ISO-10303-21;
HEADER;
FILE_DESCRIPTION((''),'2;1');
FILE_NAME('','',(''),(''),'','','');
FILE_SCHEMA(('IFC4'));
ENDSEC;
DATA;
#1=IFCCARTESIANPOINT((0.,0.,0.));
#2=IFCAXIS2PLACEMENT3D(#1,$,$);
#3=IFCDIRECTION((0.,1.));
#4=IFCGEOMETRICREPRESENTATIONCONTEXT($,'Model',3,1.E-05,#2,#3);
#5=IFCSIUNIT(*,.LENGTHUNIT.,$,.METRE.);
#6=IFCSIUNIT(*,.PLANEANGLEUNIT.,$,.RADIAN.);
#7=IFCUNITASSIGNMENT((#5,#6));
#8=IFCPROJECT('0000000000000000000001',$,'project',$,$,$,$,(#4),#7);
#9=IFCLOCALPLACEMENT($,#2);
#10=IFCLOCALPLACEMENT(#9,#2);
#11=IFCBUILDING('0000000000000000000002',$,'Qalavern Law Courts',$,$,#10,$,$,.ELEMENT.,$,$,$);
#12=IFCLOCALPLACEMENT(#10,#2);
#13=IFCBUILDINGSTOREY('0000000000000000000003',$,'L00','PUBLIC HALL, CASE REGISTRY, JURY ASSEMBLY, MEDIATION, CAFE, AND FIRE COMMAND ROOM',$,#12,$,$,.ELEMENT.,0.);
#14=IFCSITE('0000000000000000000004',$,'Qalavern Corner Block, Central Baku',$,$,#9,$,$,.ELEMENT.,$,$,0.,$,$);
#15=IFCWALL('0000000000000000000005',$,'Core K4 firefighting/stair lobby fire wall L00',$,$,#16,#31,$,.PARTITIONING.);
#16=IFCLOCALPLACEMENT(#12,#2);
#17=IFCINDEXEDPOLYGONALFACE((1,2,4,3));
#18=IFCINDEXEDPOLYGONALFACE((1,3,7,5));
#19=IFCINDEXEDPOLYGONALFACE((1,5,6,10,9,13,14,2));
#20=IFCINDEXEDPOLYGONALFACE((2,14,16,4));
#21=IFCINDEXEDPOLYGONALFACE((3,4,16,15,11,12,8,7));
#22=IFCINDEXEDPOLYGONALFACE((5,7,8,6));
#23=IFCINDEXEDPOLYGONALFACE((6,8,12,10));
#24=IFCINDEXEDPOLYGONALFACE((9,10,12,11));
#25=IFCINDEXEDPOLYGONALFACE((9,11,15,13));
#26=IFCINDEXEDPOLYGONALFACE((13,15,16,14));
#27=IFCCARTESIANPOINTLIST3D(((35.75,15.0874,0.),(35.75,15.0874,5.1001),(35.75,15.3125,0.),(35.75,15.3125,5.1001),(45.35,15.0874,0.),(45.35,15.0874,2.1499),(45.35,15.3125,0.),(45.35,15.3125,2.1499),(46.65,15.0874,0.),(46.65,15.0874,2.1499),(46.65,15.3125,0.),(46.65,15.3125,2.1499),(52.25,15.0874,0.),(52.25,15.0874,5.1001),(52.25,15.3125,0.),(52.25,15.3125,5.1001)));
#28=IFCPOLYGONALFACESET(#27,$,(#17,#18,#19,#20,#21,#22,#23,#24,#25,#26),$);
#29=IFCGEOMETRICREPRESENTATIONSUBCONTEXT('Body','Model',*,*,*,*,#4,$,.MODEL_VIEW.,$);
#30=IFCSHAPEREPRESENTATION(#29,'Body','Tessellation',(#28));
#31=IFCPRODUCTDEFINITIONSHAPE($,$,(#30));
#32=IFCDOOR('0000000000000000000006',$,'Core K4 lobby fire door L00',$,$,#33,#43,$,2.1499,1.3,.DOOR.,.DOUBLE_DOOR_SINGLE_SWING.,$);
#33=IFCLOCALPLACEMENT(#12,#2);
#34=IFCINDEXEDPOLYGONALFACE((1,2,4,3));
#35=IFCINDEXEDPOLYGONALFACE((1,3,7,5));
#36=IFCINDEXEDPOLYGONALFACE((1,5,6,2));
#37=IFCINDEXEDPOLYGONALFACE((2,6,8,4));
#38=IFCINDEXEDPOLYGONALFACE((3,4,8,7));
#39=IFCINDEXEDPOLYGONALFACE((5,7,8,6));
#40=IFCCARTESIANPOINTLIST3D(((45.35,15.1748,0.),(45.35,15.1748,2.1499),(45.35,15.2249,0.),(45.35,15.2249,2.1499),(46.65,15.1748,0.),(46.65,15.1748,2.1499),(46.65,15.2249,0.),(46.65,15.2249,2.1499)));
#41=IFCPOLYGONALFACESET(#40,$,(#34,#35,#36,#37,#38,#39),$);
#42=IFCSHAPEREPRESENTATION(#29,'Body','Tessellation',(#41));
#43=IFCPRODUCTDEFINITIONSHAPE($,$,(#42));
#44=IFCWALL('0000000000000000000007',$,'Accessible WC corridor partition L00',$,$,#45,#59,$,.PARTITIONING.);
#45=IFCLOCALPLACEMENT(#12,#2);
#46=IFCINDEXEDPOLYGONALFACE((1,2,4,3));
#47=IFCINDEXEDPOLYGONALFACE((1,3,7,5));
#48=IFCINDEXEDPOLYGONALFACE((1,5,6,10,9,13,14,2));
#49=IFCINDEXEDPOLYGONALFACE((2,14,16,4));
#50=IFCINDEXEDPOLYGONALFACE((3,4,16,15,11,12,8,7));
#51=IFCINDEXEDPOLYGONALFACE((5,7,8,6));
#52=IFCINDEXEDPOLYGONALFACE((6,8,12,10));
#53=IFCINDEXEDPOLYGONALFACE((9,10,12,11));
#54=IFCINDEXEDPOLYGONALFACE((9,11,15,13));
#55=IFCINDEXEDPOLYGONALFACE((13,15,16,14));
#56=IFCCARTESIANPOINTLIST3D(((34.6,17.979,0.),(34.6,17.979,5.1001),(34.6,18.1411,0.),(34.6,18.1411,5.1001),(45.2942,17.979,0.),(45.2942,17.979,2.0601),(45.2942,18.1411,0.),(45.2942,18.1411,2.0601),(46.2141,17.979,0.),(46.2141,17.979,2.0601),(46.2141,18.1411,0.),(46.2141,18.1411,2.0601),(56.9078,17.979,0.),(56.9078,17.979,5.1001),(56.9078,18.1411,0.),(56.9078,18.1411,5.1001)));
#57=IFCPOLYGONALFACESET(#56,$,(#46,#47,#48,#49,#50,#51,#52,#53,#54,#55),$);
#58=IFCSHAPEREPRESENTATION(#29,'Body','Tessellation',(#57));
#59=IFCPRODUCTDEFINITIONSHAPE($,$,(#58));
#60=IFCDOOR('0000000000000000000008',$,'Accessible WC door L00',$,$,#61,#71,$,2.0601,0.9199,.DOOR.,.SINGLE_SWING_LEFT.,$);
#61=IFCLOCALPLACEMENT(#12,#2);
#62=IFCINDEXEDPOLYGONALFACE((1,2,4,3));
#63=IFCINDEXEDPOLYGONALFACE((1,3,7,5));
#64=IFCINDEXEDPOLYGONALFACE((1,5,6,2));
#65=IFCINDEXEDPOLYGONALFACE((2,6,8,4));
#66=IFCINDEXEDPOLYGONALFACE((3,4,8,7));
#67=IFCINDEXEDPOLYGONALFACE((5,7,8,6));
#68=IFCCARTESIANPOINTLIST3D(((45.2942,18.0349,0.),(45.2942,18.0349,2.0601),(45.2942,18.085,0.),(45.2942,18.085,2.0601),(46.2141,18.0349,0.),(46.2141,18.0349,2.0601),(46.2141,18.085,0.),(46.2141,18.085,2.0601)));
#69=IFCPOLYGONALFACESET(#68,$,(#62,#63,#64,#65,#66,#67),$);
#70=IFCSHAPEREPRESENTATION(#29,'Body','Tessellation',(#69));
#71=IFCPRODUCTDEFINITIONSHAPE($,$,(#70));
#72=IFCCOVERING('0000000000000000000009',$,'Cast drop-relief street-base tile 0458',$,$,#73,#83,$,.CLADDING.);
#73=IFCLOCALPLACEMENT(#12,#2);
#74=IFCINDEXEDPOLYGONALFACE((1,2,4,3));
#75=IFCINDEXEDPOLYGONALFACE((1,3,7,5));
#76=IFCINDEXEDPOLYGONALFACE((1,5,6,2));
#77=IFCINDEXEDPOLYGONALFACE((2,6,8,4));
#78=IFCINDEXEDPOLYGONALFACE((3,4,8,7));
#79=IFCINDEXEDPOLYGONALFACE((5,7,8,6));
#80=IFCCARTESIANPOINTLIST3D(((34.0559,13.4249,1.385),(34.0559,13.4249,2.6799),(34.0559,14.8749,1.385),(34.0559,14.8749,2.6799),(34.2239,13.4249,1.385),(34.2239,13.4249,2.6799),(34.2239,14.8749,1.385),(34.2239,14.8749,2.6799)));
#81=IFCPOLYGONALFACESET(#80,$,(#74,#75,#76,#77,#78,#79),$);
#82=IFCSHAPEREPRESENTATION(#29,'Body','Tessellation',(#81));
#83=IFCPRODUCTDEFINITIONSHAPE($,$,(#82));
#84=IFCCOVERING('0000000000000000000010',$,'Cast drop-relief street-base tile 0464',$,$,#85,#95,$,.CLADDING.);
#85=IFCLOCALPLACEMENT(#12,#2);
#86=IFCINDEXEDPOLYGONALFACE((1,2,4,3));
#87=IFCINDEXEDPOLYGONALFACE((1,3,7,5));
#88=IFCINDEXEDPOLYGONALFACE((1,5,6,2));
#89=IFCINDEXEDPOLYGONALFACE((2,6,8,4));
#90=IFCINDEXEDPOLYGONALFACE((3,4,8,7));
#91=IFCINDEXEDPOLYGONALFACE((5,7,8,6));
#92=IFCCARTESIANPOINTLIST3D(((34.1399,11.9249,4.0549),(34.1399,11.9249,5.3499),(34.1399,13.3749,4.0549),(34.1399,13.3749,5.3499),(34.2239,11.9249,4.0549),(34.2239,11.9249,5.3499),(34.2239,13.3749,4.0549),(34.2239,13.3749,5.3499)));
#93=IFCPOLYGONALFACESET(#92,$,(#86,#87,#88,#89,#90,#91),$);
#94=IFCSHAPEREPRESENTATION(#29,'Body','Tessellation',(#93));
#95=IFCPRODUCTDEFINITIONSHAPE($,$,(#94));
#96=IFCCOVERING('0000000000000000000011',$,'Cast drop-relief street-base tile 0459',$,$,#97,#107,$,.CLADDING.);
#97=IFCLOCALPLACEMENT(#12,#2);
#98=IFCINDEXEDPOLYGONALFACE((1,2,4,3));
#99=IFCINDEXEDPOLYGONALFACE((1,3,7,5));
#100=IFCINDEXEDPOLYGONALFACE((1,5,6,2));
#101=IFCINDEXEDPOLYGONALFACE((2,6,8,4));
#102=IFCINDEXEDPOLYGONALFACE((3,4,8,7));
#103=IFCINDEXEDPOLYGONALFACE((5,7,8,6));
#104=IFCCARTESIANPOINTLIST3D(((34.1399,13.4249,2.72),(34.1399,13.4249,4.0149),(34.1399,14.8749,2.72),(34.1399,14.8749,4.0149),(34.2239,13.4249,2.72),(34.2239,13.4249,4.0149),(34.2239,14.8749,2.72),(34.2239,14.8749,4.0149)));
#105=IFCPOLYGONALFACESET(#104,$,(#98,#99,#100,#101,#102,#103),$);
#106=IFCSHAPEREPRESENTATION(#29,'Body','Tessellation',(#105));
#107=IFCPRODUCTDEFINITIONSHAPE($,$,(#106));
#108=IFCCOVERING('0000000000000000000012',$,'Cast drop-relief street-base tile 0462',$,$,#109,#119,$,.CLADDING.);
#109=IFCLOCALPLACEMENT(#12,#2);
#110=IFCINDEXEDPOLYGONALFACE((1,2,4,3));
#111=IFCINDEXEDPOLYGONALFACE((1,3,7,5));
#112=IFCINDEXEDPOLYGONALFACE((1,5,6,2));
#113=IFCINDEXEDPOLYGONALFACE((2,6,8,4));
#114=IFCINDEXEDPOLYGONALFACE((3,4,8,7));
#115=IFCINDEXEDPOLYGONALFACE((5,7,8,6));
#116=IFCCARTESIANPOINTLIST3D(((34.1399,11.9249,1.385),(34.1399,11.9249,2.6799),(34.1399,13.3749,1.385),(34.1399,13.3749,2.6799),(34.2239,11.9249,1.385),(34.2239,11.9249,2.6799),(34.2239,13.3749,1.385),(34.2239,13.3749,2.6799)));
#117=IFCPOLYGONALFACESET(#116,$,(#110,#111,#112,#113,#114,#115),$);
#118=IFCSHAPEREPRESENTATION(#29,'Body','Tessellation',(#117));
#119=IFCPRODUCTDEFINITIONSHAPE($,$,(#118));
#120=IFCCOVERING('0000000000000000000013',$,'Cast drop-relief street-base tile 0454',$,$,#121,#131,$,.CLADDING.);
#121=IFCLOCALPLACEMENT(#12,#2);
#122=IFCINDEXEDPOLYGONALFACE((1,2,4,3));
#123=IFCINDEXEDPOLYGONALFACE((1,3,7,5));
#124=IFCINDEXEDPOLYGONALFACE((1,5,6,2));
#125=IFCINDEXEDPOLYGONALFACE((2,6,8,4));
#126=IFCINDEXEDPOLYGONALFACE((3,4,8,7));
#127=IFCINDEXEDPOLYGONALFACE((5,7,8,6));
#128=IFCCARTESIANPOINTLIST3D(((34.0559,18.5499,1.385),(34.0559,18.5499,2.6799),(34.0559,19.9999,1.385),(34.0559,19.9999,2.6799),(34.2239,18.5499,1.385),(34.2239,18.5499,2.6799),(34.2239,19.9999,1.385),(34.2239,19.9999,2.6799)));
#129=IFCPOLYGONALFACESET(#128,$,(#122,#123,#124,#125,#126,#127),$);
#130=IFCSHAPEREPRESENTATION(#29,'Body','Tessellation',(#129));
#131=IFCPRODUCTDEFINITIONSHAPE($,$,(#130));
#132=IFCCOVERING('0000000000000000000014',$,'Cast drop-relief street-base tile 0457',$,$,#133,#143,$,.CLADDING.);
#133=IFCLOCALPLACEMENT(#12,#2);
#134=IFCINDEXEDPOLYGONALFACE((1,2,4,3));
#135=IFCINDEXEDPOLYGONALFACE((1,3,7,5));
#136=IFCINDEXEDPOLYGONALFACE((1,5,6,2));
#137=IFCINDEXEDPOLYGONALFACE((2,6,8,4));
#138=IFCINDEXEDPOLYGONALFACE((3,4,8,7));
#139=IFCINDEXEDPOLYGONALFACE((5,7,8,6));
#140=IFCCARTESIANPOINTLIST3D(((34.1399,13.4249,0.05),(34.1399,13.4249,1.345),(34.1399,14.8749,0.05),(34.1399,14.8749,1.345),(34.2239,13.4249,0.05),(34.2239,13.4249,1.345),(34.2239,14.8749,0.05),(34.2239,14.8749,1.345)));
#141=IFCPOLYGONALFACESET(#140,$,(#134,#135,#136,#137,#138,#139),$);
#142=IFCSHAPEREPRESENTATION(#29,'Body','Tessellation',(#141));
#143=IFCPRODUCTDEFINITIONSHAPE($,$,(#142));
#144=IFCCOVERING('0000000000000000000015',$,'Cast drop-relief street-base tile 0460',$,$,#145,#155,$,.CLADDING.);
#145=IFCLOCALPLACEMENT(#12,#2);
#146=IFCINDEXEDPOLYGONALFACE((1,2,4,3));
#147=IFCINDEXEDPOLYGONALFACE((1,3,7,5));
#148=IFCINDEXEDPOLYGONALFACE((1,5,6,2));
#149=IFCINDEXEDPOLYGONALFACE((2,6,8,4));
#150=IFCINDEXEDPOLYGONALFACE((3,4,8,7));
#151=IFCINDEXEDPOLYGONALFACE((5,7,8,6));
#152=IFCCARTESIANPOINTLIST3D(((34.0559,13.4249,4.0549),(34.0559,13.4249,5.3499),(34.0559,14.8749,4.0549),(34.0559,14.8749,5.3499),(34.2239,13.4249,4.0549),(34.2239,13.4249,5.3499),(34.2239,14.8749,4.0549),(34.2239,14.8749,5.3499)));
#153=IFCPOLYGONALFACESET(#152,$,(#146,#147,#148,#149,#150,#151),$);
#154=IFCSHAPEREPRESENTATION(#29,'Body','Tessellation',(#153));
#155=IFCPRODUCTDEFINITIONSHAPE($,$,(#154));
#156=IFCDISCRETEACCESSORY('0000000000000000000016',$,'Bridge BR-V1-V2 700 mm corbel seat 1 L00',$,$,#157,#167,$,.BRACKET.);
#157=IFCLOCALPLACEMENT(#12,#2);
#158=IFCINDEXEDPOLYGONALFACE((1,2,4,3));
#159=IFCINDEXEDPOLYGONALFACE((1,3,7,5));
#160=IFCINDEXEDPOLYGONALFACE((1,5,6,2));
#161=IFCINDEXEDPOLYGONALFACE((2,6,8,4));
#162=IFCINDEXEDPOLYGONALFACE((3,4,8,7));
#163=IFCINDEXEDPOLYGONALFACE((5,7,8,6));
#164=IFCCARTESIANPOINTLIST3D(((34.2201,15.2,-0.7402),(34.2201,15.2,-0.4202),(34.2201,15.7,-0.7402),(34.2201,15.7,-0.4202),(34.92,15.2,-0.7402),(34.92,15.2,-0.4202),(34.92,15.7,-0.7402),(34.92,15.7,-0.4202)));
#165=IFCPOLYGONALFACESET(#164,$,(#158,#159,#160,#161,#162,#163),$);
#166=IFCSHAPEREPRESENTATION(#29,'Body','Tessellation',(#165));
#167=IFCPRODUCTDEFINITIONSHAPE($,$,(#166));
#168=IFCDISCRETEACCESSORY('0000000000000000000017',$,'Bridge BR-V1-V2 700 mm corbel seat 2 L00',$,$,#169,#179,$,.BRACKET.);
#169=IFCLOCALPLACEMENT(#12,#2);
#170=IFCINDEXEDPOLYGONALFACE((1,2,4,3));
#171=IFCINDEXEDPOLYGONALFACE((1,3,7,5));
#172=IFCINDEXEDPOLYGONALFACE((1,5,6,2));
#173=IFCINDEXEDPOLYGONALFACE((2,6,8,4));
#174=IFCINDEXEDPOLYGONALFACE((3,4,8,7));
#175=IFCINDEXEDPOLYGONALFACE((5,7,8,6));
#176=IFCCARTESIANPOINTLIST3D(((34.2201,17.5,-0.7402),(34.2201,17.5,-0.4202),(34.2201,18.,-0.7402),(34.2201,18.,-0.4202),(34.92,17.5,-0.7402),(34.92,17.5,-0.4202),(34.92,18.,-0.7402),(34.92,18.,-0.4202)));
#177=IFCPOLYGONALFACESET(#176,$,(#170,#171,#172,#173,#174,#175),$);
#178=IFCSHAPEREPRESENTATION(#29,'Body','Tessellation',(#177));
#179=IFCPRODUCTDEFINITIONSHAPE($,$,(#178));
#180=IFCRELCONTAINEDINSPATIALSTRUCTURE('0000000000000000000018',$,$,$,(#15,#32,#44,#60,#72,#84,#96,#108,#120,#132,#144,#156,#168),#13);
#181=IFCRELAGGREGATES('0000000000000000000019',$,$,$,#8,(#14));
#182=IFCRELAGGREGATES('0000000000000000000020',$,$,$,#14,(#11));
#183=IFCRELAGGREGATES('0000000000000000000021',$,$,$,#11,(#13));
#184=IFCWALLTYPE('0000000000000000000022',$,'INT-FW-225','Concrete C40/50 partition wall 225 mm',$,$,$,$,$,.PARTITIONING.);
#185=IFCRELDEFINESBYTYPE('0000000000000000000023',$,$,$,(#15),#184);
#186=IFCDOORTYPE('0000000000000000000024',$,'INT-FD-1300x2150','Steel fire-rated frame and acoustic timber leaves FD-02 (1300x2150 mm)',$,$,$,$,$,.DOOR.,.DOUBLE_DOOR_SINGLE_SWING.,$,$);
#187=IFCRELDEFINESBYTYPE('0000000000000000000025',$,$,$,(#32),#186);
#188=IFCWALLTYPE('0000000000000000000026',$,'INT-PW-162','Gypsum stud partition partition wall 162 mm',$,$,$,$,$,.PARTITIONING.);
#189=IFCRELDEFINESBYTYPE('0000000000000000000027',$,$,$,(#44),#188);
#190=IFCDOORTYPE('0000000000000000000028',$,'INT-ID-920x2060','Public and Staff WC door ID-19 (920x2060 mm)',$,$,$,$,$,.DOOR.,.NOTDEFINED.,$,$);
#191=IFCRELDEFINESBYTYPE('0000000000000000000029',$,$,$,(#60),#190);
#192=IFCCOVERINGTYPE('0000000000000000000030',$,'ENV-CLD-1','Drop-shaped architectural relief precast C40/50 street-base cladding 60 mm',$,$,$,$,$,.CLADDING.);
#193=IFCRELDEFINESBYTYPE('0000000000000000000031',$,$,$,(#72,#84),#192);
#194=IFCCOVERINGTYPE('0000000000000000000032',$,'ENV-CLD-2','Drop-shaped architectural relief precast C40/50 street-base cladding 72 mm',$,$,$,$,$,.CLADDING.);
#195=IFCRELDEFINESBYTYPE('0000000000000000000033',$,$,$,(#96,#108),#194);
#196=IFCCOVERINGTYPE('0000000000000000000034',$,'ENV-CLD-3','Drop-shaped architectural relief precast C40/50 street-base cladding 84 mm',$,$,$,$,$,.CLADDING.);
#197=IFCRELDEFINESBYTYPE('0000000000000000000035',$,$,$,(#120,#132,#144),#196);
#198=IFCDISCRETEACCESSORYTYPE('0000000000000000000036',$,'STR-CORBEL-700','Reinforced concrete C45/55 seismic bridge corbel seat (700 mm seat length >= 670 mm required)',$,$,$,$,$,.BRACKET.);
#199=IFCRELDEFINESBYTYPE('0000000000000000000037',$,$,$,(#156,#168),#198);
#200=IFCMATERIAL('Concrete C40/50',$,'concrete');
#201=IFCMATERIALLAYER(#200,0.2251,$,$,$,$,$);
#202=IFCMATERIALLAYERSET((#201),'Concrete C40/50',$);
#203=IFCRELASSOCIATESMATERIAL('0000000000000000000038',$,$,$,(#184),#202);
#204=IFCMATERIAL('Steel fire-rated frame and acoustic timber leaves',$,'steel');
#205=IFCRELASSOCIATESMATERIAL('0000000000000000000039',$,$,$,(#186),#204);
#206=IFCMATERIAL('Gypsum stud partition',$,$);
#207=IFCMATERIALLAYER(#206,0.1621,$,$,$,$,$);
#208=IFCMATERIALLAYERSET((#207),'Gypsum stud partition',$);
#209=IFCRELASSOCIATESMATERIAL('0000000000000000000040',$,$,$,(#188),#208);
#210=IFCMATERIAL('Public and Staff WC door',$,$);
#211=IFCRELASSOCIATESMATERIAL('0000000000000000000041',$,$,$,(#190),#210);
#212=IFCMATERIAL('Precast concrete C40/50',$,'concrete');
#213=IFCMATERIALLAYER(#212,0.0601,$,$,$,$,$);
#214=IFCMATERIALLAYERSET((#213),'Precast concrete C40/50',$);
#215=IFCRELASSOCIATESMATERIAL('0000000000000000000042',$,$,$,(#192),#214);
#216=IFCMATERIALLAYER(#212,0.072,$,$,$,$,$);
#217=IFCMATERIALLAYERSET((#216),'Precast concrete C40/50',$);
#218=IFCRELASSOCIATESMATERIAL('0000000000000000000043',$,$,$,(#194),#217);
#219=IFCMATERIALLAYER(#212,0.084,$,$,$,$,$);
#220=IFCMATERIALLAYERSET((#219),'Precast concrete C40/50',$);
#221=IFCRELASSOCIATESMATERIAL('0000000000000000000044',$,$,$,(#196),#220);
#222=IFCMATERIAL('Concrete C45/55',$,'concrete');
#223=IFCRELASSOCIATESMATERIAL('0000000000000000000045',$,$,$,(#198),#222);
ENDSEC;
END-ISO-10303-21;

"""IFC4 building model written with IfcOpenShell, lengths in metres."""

from ifc_helpers import new_model, si_unit, direction, frame, frame_2d, origin, origin_2d, place, context, subcontext, project, spatial, rectangle, extrude, material, layer, layer_set, type_object, element, fill, save


model = new_model("IFC4")

# Units and contexts
model_context = context("Model", 3, precision=1e-05, world=origin(), true_north=direction((0.0, 1.0)))
body_context = subcontext(model_context, "Body", "Model", "MODEL_VIEW")
ifc_project = project(units=[si_unit("LENGTHUNIT", "METRE"), si_unit("PLANEANGLEUNIT", "RADIAN")], contexts=[model_context])

# Site, building, storey
site_placement = place(None, origin())
site = spatial("IfcSite", under=ifc_project, at=site_placement, Name="Qalavern Corner Block, Central Baku", CompositionType="ELEMENT", RefElevation=0.0)
building_placement = place(site_placement, origin())
building = spatial("IfcBuilding", under=site, at=building_placement, Name="Qalavern Law Courts", CompositionType="ELEMENT")
storey_placement = place(building_placement, origin())
storey = spatial("IfcBuildingStorey", under=building, at=storey_placement, Name="L00", Description="PUBLIC HALL, CASE REGISTRY, JURY ASSEMBLY, MEDIATION, CAFE, AND FIRE COMMAND ROOM", CompositionType="ELEMENT", Elevation=0.0)

# Shared definitions
ifc_material_1 = material(Name="Concrete C45/55", Category="concrete")

# Shared definitions
ifc_material_2 = material(Name="Concrete C40/50", Category="concrete")

# Walls, openings, doors
ifc_layer_1 = layer(ifc_material_2, 0.2251)
ifc_layer_set_1 = layer_set([ifc_layer_1], Name="Concrete C40/50")
wall_type_1 = type_object("IfcWallType", Name="INT-FW-225", Description="Concrete C40/50 partition wall 225 mm", PredefinedType="PARTITIONING", material=ifc_layer_set_1)
wall_1_placement = place(storey_placement, frame((35.75, 15.2, 0.0), z_axis=(0.0, 0.0, 1.0), x_axis=(1.0, 0.0, 0.0)))
wall_1 = element("IfcWall", 1, at=wall_1_placement, inside=storey, type_object=wall_type_1, Name="Core K4 firefighting/stair lobby fire wall L00", PredefinedType="PARTITIONING", context=body_context, shape_type="SweptSolid", body=[
    extrude(rectangle(XDim=16.5, YDim=0.2251, at=frame_2d((8.25, 0.0))), origin(), (0.0, 0.0, 1.0), 5.1001),
])
opening_1_placement = place(wall_1_placement, frame((9.6001, 0.0, 0.0)))
opening_1 = element("IfcOpeningElement", 2, at=opening_1_placement, cuts=wall_1, PredefinedType="OPENING", context=body_context, shape_type="SweptSolid", body=[
    extrude(rectangle(XDim=1.3, YDim=2.1499, at=frame_2d((0.6499, 1.075))), frame((0.0, 0.1274, 0.0), z_axis=(0.0, -1.0, 0.0), x_axis=(1.0, 0.0, 0.0)), (0.0, 0.0, 1.0), 0.2549),
])
ifc_material_3 = material(Name="Steel fire-rated frame and acoustic timber leaves", Category="steel")
door_type_1 = type_object("IfcDoorType", Name="INT-FD-1300x2150", Description="Steel fire-rated frame and acoustic timber leaves FD-02 (1300x2150 mm)", OperationType="DOUBLE_DOOR_SINGLE_SWING", PredefinedType="DOOR", material=ifc_material_3)
door_1_placement = place(opening_1_placement, origin())
door_1 = element("IfcDoor", 3, at=door_1_placement, inside=storey, type_object=door_type_1, Name="Core K4 lobby fire door L00", OperationType="DOUBLE_DOOR_SINGLE_SWING", OverallHeight=2.1499, OverallWidth=1.3, PredefinedType="DOOR", context=body_context, shape_type="SweptSolid", body=[
    extrude(rectangle(XDim=1.3, YDim=2.1499, at=frame_2d((0.6499, 1.075))), frame((0.0, 0.0249, 0.0), z_axis=(0.0, -1.0, 0.0), x_axis=(1.0, 0.0, 0.0)), (0.0, 0.0, 1.0), 0.05),
])
fill(opening_1, door_1)
ifc_material_4 = material(Name="Gypsum stud partition")
ifc_layer_2 = layer(ifc_material_4, 0.1621)
ifc_layer_set_2 = layer_set([ifc_layer_2], Name="Gypsum stud partition")
wall_type_2 = type_object("IfcWallType", Name="INT-PW-162", Description="Gypsum stud partition partition wall 162 mm", PredefinedType="PARTITIONING", material=ifc_layer_set_2)
wall_2_placement = place(storey_placement, frame((34.6001, 18.0601, 0.0), z_axis=(0.0, 0.0, 1.0), x_axis=(1.0, 0.0, 0.0)))
wall_2 = element("IfcWall", 4, at=wall_2_placement, inside=storey, type_object=wall_type_2, Name="Accessible WC corridor partition L00", PredefinedType="PARTITIONING", context=body_context, shape_type="SweptSolid", body=[
    extrude(rectangle(XDim=22.3079, YDim=0.1621, at=frame_2d((11.1538, 0.0))), origin(), (0.0, 0.0, 1.0), 5.1001),
])
opening_2_placement = place(wall_2_placement, frame((10.6941, 0.0, 0.0)))
opening_2 = element("IfcOpeningElement", 5, at=opening_2_placement, cuts=wall_2, PredefinedType="OPENING", context=body_context, shape_type="SweptSolid", body=[
    extrude(rectangle(XDim=0.9199, YDim=2.0601, at=frame_2d((0.46, 1.03))), frame((0.0, 0.0959, 0.0), z_axis=(0.0, -1.0, 0.0), x_axis=(1.0, 0.0, 0.0)), (0.0, 0.0, 1.0), 0.1919),
])
ifc_material_5 = material(Name="Public and Staff WC door")
door_type_2 = type_object("IfcDoorType", Name="INT-ID-920x2060", Description="Public and Staff WC door ID-19 (920x2060 mm)", OperationType="NOTDEFINED", PredefinedType="DOOR", material=ifc_material_5)
door_2_placement = place(opening_2_placement, origin())
door_2 = element("IfcDoor", 6, at=door_2_placement, inside=storey, type_object=door_type_2, Name="Accessible WC door L00", OperationType="SINGLE_SWING_LEFT", OverallHeight=2.0601, OverallWidth=0.9199, PredefinedType="DOOR", context=body_context, shape_type="SweptSolid", body=[
    extrude(rectangle(XDim=0.9199, YDim=2.0601, at=frame_2d((0.46, 1.03))), frame((0.0, 0.0249, 0.0), z_axis=(0.0, -1.0, 0.0), x_axis=(1.0, 0.0, 0.0)), (0.0, 0.0, 1.0), 0.05),
])
fill(opening_2, door_2)

# Coverings
ifc_material_6 = material(Name="Precast concrete C40/50", Category="concrete")
ifc_layer_3 = layer(ifc_material_6, 0.0601)
ifc_layer_set_3 = layer_set([ifc_layer_3], Name="Precast concrete C40/50")
covering_type_1 = type_object("IfcCoveringType", Name="ENV-CLD-1", Description="Drop-shaped architectural relief precast C40/50 street-base cladding 60 mm", PredefinedType="CLADDING", material=ifc_layer_set_3)
covering_1_placement = place(storey_placement, frame((34.1399, 14.1499, 1.385), z_axis=(0.0, 0.0, 1.0), x_axis=(0.0, -1.0, 0.0)))
element("IfcCovering", 7, at=covering_1_placement, inside=storey, type_object=covering_type_1, Name="Cast drop-relief street-base tile 0458", PredefinedType="CLADDING", context=body_context, shape_type="SweptSolid", body=[
    extrude(rectangle(XDim=1.45, YDim=0.168, at=origin_2d()), origin(), (0.0, 0.0, 1.0), 1.2949),
])
covering_2_placement = place(storey_placement, frame((34.1819, 12.6499, 4.0549), z_axis=(0.0, 0.0, 1.0), x_axis=(0.0, -1.0, 0.0)))
element("IfcCovering", 8, at=covering_2_placement, inside=storey, type_object=covering_type_1, Name="Cast drop-relief street-base tile 0464", PredefinedType="CLADDING", context=body_context, shape_type="SweptSolid", body=[
    extrude(rectangle(XDim=1.45, YDim=0.084, at=origin_2d()), origin(), (0.0, 0.0, 1.0), 1.2949),
])
ifc_layer_4 = layer(ifc_material_6, 0.072)
ifc_layer_set_4 = layer_set([ifc_layer_4], Name="Precast concrete C40/50")
covering_type_2 = type_object("IfcCoveringType", Name="ENV-CLD-2", Description="Drop-shaped architectural relief precast C40/50 street-base cladding 72 mm", PredefinedType="CLADDING", material=ifc_layer_set_4)
for number, where, z_axis, x_axis, name in (
    (9, (34.1819, 14.1499, 2.72), (0.0, 0.0, 1.0), (0.0, -1.0, 0.0), "Cast drop-relief street-base tile 0459"),
    (10, (34.1819, 12.6499, 1.385), (0.0, 0.0, 1.0), (0.0, -1.0, 0.0), "Cast drop-relief street-base tile 0462"),
):
    element("IfcCovering", number, at=place(storey_placement, frame(where, z_axis=z_axis, x_axis=x_axis)), inside=storey, type_object=covering_type_2, Name=name, PredefinedType="CLADDING", context=body_context, shape_type="SweptSolid", body=[
        extrude(rectangle(XDim=1.45, YDim=0.084, at=origin_2d()), origin(), (0.0, 0.0, 1.0), 1.2949),
    ])
ifc_layer_5 = layer(ifc_material_6, 0.084)
ifc_layer_set_5 = layer_set([ifc_layer_5], Name="Precast concrete C40/50")
covering_type_3 = type_object("IfcCoveringType", Name="ENV-CLD-3", Description="Drop-shaped architectural relief precast C40/50 street-base cladding 84 mm", PredefinedType="CLADDING", material=ifc_layer_set_5)
covering_3_placement = place(storey_placement, frame((34.1399, 19.2749, 1.385), z_axis=(0.0, 0.0, 1.0), x_axis=(0.0, -1.0, 0.0)))
element("IfcCovering", 11, at=covering_3_placement, inside=storey, type_object=covering_type_3, Name="Cast drop-relief street-base tile 0454", PredefinedType="CLADDING", context=body_context, shape_type="SweptSolid", body=[
    extrude(rectangle(XDim=1.45, YDim=0.168, at=origin_2d()), origin(), (0.0, 0.0, 1.0), 1.2949),
])
covering_4_placement = place(storey_placement, frame((34.1819, 14.1499, 0.05), z_axis=(0.0, 0.0, 1.0), x_axis=(0.0, -1.0, 0.0)))
element("IfcCovering", 12, at=covering_4_placement, inside=storey, type_object=covering_type_3, Name="Cast drop-relief street-base tile 0457", PredefinedType="CLADDING", context=body_context, shape_type="SweptSolid", body=[
    extrude(rectangle(XDim=1.45, YDim=0.084, at=origin_2d()), origin(), (0.0, 0.0, 1.0), 1.2949),
])
covering_5_placement = place(storey_placement, frame((34.1399, 14.1499, 4.0549), z_axis=(0.0, 0.0, 1.0), x_axis=(0.0, -1.0, 0.0)))
element("IfcCovering", 13, at=covering_5_placement, inside=storey, type_object=covering_type_3, Name="Cast drop-relief street-base tile 0460", PredefinedType="CLADDING", context=body_context, shape_type="SweptSolid", body=[
    extrude(rectangle(XDim=1.45, YDim=0.168, at=origin_2d()), origin(), (0.0, 0.0, 1.0), 1.2949),
])

# Discrete accessories
discrete_accessory_type_1 = type_object("IfcDiscreteAccessoryType", Name="STR-CORBEL-700", Description="Reinforced concrete C45/55 seismic bridge corbel seat (700 mm seat length >= 670 mm required)", PredefinedType="BRACKET", material=ifc_material_1)
for number, where, z_axis, x_axis, name in (
    (14, (34.5701, 15.45, -0.7402), (0.0, 0.0, 1.0), (1.0, 0.0, 0.0), "Bridge BR-V1-V2 700 mm corbel seat 1 L00"),
    (15, (34.5701, 17.75, -0.7402), (0.0, 0.0, 1.0), (1.0, 0.0, 0.0), "Bridge BR-V1-V2 700 mm corbel seat 2 L00"),
):
    element("IfcDiscreteAccessory", number, at=place(storey_placement, frame(where, z_axis=z_axis, x_axis=x_axis)), inside=storey, type_object=discrete_accessory_type_1, Name=name, PredefinedType="BRACKET", context=body_context, shape_type="SweptSolid", body=[
        extrude(rectangle(XDim=0.7, YDim=0.5, at=origin_2d()), origin(), (0.0, 0.0, 1.0), 0.3201),
    ])

save(model, "model.ifc")
